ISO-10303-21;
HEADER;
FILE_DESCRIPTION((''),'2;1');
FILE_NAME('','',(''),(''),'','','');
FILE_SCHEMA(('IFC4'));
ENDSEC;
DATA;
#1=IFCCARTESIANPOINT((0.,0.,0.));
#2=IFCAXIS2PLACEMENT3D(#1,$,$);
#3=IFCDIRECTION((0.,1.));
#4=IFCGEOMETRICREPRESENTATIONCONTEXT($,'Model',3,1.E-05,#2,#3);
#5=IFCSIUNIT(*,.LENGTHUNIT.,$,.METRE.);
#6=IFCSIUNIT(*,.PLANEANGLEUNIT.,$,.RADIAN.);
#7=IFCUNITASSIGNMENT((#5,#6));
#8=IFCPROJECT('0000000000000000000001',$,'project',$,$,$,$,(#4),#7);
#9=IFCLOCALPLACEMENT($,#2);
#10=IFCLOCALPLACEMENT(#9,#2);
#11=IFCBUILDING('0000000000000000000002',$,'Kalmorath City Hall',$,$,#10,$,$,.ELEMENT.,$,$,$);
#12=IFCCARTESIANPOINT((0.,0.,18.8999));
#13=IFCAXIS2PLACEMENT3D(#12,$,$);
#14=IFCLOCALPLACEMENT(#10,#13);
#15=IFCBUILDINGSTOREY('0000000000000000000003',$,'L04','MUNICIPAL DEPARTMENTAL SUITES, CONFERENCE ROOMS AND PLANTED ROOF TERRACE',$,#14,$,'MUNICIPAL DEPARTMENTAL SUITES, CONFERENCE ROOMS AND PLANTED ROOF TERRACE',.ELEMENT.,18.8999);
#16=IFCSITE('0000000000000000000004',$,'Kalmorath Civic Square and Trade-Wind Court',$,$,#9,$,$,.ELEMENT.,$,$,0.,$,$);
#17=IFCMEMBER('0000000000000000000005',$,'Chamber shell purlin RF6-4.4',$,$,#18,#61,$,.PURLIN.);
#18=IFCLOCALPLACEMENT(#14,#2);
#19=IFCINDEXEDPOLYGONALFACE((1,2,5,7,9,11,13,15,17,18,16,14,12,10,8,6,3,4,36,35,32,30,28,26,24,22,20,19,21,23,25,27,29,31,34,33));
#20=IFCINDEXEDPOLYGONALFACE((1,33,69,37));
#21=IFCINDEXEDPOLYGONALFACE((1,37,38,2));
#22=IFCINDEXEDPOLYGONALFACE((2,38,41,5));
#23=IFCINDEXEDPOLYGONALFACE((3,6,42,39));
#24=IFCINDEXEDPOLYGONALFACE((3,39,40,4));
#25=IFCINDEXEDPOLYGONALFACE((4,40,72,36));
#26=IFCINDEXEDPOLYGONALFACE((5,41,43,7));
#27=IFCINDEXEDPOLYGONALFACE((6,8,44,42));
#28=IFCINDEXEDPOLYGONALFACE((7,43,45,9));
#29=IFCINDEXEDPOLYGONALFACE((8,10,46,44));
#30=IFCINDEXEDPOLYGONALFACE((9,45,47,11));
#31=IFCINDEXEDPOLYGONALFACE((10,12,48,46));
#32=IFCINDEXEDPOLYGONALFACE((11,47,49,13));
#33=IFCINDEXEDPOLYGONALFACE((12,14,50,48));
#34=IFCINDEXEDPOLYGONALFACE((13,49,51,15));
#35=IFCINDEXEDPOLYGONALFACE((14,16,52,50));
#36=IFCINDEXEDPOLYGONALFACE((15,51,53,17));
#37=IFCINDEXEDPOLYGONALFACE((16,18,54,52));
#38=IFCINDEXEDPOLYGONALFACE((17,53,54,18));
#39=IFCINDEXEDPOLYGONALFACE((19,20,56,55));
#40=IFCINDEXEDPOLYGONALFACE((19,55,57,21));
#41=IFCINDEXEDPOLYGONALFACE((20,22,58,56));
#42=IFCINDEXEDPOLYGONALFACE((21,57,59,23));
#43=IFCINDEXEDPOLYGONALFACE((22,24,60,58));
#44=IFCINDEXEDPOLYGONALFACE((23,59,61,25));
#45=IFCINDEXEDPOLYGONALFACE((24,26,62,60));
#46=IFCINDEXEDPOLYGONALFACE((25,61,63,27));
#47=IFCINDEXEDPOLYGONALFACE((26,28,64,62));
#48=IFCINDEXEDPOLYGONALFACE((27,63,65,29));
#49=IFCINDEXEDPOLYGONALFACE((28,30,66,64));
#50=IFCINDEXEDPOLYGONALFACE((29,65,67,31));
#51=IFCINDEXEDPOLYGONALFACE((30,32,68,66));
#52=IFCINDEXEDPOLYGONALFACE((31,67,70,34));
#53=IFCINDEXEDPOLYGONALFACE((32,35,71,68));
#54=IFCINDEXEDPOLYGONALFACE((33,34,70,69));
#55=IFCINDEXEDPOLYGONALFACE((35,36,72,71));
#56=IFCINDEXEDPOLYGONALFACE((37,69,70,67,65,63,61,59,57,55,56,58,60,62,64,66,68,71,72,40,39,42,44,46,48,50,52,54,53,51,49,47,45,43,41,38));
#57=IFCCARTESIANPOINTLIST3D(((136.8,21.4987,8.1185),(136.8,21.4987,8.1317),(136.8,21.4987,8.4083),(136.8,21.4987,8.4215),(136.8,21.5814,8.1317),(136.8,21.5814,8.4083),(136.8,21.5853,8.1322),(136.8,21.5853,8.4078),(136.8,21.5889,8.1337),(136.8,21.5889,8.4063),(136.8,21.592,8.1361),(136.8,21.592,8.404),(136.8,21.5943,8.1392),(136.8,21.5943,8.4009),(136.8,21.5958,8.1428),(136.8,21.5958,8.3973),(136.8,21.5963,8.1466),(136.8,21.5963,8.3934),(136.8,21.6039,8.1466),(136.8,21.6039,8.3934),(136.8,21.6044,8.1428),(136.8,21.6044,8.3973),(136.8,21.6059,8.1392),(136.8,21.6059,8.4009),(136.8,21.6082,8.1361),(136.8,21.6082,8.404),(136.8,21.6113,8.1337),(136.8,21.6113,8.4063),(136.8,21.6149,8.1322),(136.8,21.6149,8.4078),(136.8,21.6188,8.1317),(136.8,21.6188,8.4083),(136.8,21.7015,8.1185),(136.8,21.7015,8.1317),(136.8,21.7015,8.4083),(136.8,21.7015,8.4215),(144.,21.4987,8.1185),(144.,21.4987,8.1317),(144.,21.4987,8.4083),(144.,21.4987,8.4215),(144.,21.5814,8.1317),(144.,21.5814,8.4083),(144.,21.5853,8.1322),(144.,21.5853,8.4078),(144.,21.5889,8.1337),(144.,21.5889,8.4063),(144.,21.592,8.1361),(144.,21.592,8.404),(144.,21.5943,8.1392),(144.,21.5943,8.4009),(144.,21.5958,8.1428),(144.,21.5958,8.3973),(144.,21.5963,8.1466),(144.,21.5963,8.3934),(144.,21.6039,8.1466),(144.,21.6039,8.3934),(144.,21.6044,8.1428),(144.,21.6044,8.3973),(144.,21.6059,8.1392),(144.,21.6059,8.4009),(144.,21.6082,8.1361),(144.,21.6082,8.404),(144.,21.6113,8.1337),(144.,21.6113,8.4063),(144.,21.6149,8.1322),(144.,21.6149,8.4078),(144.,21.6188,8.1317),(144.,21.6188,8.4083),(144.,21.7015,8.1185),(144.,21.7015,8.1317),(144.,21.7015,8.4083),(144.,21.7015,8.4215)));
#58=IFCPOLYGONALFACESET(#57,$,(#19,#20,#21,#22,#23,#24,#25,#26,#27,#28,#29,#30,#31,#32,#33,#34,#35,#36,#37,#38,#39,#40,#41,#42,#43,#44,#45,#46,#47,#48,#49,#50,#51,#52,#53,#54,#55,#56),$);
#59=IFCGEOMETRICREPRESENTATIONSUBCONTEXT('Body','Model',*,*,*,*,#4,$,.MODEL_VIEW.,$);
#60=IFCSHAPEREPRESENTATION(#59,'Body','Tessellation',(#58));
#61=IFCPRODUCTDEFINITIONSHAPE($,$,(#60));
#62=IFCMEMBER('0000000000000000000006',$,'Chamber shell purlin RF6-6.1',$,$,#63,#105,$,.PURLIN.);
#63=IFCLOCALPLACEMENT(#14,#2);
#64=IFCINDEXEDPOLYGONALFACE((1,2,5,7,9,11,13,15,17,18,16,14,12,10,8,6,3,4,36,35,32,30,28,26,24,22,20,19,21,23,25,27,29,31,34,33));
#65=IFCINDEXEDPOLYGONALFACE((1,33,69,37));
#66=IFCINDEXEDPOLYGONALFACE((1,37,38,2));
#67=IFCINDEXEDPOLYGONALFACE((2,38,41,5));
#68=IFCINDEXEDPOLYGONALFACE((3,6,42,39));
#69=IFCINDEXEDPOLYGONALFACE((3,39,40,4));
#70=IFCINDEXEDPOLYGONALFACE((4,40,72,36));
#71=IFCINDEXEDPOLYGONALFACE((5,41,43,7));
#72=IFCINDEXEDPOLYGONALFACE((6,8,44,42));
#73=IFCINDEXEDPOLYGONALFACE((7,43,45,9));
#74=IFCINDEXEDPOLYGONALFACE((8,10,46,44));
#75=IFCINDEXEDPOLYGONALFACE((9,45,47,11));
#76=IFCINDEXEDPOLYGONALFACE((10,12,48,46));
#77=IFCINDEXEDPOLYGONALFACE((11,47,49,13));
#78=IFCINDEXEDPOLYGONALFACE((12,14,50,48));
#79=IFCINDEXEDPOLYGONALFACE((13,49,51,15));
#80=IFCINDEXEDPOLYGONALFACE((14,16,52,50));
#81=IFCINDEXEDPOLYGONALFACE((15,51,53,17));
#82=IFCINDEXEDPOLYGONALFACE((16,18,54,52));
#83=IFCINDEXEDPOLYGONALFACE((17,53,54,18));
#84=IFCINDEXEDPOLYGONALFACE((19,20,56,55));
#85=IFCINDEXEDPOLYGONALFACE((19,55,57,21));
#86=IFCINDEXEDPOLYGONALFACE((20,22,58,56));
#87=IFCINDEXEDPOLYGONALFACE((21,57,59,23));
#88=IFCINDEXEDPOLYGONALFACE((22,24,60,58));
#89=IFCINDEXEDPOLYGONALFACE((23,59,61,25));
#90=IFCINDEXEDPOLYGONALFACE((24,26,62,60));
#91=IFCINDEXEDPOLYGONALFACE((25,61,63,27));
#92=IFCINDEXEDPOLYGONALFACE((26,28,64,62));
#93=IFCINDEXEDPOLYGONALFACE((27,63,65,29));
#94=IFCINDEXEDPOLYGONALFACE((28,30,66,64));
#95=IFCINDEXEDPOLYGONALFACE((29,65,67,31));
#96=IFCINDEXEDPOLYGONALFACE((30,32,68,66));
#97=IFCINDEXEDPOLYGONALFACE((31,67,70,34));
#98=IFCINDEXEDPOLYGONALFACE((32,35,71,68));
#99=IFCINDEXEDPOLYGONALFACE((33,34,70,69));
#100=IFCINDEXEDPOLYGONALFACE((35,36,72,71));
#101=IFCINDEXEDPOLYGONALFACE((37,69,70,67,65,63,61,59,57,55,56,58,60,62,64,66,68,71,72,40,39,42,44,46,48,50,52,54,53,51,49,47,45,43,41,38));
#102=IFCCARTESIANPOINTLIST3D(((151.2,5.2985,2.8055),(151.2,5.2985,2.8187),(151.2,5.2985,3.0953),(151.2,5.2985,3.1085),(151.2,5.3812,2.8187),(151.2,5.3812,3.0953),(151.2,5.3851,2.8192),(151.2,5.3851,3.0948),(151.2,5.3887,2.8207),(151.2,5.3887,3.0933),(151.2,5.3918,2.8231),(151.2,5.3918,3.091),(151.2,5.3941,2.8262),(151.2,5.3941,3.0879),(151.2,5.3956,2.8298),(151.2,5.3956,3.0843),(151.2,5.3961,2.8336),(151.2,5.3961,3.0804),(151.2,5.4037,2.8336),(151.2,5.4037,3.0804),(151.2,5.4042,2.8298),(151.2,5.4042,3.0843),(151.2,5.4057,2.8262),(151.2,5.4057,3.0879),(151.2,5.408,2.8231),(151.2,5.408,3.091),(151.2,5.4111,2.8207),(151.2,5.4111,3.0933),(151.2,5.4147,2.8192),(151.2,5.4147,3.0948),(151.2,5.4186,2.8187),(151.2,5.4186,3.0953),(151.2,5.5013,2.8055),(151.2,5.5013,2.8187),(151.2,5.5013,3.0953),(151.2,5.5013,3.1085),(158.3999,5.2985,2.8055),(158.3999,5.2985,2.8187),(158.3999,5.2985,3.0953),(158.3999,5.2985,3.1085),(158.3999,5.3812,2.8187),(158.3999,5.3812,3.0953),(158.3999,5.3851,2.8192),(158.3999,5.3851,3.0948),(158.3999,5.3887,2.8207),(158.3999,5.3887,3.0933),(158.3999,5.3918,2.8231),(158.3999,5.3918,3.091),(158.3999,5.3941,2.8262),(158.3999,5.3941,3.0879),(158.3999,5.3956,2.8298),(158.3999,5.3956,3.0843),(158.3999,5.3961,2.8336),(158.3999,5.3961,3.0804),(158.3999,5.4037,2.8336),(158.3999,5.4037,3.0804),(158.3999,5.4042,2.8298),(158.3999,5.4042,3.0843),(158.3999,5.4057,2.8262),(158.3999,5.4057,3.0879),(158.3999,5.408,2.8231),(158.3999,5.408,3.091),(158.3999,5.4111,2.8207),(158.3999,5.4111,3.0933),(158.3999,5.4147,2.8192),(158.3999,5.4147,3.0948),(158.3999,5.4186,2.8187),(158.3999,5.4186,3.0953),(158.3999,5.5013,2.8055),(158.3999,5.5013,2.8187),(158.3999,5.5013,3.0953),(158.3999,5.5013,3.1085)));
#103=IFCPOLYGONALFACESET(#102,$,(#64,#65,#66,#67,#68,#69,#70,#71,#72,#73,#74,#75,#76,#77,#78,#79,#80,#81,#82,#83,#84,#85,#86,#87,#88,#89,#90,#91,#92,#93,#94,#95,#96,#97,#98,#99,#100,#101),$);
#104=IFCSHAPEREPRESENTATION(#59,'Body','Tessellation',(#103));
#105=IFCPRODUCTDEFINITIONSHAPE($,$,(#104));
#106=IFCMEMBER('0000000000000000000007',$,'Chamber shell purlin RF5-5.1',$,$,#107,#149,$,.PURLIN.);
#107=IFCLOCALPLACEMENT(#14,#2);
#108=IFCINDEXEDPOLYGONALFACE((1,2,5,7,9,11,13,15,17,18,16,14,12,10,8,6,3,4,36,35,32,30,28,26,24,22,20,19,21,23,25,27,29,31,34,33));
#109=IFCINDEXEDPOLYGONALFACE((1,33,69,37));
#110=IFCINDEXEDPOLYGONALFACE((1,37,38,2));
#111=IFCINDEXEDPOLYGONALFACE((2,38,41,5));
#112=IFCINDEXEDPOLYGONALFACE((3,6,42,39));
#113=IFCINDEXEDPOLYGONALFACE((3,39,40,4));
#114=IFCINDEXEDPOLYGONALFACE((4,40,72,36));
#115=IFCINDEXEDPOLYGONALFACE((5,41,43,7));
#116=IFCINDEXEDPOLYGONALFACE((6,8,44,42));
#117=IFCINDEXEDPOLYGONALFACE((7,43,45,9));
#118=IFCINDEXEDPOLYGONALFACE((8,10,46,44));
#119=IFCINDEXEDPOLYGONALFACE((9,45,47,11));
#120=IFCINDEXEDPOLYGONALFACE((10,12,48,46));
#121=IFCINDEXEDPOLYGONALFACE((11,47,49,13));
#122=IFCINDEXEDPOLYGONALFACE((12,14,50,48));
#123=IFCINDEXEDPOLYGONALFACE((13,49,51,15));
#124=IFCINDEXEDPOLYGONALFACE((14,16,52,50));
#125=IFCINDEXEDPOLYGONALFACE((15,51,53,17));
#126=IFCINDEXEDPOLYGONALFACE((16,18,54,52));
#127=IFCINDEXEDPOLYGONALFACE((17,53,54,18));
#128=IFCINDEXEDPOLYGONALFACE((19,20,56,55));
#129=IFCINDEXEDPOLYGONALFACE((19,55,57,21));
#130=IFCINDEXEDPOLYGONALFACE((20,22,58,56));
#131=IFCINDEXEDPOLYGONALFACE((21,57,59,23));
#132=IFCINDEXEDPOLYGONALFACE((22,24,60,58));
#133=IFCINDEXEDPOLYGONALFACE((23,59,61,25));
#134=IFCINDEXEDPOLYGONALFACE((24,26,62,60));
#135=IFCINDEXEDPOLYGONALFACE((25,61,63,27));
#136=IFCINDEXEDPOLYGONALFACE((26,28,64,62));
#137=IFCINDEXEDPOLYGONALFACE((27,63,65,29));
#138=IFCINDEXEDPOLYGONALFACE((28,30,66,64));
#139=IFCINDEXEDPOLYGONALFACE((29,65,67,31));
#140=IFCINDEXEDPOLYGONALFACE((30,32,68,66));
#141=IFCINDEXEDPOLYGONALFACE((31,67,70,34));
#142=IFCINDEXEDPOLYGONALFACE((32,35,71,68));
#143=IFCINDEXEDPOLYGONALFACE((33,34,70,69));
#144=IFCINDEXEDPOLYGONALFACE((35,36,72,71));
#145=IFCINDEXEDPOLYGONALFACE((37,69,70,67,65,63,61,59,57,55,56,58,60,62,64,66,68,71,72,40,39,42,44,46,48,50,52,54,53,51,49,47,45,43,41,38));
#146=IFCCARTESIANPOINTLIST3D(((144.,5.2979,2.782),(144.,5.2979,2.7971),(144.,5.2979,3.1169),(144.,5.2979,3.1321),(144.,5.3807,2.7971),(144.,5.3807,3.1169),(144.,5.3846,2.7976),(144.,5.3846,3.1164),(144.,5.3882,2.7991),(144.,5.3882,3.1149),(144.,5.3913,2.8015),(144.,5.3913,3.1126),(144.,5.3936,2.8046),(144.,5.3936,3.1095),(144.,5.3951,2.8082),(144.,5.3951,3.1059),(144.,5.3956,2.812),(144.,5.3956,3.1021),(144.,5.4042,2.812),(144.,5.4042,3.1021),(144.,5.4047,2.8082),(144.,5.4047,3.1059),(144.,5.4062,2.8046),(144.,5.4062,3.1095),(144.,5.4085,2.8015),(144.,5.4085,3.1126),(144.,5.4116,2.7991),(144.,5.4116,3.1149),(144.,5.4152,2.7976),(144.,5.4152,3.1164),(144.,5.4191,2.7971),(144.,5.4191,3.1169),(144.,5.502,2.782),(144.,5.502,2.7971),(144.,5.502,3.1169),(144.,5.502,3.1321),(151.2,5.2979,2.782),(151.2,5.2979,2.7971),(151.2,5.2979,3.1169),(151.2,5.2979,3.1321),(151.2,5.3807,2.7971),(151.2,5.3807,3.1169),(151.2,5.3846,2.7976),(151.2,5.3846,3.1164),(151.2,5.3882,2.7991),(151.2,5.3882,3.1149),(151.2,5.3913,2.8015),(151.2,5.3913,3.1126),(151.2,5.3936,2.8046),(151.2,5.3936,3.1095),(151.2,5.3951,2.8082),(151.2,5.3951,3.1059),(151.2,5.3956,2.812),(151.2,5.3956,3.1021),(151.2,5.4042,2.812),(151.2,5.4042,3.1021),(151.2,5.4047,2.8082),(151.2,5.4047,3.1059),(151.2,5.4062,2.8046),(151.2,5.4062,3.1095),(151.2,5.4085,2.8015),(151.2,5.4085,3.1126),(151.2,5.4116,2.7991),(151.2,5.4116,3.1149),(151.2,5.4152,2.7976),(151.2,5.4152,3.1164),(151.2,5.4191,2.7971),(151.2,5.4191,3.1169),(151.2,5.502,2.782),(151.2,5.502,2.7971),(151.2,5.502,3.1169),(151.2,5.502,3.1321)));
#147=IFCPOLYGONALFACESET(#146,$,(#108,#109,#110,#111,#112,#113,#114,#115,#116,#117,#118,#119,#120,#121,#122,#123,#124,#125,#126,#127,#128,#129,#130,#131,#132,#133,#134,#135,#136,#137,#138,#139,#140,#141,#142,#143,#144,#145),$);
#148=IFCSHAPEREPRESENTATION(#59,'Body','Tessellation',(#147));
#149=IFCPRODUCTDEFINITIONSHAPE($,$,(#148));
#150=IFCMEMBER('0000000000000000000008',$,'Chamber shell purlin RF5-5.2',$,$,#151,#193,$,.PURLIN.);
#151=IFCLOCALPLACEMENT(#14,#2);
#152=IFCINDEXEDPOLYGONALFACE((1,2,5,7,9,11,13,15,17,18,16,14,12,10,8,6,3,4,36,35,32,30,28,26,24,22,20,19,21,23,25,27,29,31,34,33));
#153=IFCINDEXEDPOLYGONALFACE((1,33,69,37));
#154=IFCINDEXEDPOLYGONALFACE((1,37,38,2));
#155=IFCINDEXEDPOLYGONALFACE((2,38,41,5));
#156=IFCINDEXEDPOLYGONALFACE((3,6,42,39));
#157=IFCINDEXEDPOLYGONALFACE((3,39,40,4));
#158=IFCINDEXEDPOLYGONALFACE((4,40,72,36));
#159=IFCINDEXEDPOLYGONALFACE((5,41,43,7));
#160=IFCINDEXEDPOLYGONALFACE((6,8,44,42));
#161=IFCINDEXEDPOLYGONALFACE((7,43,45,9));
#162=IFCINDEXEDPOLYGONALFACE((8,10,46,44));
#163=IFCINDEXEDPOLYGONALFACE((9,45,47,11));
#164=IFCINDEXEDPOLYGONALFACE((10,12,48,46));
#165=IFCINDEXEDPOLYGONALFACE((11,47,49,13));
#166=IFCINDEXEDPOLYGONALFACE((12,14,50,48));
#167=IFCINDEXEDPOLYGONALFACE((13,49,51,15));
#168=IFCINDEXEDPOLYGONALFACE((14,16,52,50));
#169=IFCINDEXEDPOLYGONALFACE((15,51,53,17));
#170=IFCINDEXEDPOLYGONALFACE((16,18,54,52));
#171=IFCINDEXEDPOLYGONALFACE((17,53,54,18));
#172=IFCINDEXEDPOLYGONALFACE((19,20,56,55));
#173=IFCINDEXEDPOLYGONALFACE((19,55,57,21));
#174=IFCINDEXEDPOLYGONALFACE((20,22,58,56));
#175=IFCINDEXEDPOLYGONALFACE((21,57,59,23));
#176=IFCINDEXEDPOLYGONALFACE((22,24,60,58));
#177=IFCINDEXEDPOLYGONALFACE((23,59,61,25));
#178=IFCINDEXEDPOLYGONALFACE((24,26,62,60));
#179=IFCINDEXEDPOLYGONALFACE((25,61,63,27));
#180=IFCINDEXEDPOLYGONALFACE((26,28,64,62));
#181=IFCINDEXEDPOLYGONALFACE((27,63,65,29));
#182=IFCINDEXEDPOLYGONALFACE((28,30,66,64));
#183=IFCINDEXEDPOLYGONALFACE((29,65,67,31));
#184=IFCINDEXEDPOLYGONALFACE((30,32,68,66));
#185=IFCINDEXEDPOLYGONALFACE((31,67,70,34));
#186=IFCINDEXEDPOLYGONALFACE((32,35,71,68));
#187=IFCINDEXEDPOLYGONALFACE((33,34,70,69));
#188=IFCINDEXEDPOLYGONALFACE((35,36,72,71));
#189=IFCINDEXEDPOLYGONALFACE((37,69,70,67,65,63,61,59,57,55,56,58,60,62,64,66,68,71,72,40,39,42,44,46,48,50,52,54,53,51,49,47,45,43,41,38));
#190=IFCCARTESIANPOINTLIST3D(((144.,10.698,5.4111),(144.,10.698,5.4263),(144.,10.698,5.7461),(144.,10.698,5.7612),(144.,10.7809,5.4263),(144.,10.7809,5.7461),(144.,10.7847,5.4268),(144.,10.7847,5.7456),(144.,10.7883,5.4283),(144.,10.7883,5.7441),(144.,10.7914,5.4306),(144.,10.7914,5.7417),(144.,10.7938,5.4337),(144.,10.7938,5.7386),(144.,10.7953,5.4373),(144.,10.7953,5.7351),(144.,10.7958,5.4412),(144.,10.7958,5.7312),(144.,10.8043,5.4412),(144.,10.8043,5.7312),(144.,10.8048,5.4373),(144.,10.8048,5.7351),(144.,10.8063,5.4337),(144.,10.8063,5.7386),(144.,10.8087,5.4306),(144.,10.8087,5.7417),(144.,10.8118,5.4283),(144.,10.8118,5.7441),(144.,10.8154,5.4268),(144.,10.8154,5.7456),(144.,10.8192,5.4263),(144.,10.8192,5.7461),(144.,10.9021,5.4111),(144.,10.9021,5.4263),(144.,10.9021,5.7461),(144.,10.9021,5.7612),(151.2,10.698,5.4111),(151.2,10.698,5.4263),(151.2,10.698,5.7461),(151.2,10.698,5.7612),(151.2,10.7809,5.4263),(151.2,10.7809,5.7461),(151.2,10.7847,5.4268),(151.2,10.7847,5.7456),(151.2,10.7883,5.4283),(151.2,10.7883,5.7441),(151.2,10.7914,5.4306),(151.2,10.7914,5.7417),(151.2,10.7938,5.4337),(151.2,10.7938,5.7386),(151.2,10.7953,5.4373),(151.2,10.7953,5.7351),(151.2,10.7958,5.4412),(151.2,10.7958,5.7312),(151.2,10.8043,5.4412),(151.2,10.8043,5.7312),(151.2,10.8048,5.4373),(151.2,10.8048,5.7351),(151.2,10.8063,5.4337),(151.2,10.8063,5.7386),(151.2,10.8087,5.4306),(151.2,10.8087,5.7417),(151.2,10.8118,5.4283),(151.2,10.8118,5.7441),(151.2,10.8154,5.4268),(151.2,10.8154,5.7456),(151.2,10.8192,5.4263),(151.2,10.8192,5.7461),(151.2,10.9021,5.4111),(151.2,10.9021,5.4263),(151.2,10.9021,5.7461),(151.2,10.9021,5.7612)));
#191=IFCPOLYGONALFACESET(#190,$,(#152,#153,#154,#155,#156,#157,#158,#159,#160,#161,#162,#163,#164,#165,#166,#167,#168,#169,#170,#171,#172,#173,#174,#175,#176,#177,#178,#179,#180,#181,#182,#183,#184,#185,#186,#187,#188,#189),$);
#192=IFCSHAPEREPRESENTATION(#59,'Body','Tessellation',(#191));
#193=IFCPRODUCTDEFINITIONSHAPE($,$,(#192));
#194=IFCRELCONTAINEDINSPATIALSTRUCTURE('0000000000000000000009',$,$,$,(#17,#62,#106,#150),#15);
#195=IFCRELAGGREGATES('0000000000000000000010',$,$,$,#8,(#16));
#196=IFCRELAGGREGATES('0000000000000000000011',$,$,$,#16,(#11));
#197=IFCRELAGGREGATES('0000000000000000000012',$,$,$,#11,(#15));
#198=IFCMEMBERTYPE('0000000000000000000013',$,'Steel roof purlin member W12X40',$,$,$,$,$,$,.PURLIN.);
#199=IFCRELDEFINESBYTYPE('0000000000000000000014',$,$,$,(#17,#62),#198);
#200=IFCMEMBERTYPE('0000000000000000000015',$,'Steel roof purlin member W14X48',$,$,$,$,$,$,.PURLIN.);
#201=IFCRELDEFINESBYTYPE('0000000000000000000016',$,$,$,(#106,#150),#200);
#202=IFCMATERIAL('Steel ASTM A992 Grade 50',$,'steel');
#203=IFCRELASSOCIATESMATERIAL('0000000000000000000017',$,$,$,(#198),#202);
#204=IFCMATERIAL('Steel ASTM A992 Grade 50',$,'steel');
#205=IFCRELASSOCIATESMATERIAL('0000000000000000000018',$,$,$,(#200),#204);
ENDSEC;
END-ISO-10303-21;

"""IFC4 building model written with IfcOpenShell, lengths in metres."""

from ifc_helpers import new_model, si_unit, direction, frame, origin, origin_2d, place, context, subcontext, project, spatial, i_section, extrude, material, material_profile, profile_set, type_object, element, save


model = new_model("IFC4")

# Units and contexts
model_context = context("Model", 3, precision=1e-05, world=origin(), true_north=direction((0.0, 1.0)))
body_context = subcontext(model_context, "Body", "Model", "MODEL_VIEW")
ifc_project = project(units=[si_unit("LENGTHUNIT", "METRE"), si_unit("PLANEANGLEUNIT", "RADIAN")], contexts=[model_context])

# Site, building, storey
site_placement = place(None, origin())
site = spatial("IfcSite", under=ifc_project, at=site_placement, Name="Kalmorath Civic Square and Trade-Wind Court", CompositionType="ELEMENT", RefElevation=0.0)
building_placement = place(site_placement, origin())
building = spatial("IfcBuilding", under=site, at=building_placement, Name="Kalmorath City Hall", CompositionType="ELEMENT")
storey_placement = place(building_placement, frame((0.0, 0.0, 18.8999)))
storey = spatial("IfcBuildingStorey", under=building, at=storey_placement, Name="L04", Description="MUNICIPAL DEPARTMENTAL SUITES, CONFERENCE ROOMS AND PLANTED ROOF TERRACE", LongName="MUNICIPAL DEPARTMENTAL SUITES, CONFERENCE ROOMS AND PLANTED ROOF TERRACE", CompositionType="ELEMENT", Elevation=18.8999)

# Members
ifc_material_1 = material(Name="Steel ASTM A992 Grade 50", Category="steel")
ifc_material_profile_1 = material_profile(ifc_material_1, i_section(OverallWidth=0.2029, OverallDepth=0.303, WebThickness=0.0076, FlangeThickness=0.0132, FilletRadius=0.0149, at=origin_2d()), Name="W12X40")
ifc_profile_set_1 = profile_set([ifc_material_profile_1], Name="Steel ASTM A992 Grade 50")
member_type_1 = type_object("IfcMemberType", Name="Steel roof purlin member W12X40", PredefinedType="PURLIN", material=ifc_profile_set_1)
for number, where, z_axis, x_axis, name in (
    (1, (136.8, 21.6001, 8.27), (1.0, 0.0, 0.0), (0.0, 1.0, 0.0), "Chamber shell purlin RF6-4.4"),
    (2, (151.2, 5.3999, 2.957), (1.0, 0.0, 0.0), (0.0, 1.0, 0.0), "Chamber shell purlin RF6-6.1"),
):
    element("IfcMember", number, at=place(storey_placement, frame(where, z_axis=z_axis, x_axis=x_axis)), inside=storey, type_object=member_type_1, Name=name, PredefinedType="PURLIN", context=body_context, shape_type="SweptSolid", body=[
        extrude(i_section(OverallWidth=0.2029, OverallDepth=0.303, WebThickness=0.0076, FlangeThickness=0.0132, FilletRadius=0.0149, at=origin_2d()), origin(), (0.0, 0.0, 1.0), 7.2),
    ])
ifc_material_2 = material(Name="Steel ASTM A992 Grade 50", Category="steel")
ifc_material_profile_2 = material_profile(ifc_material_2, i_section(OverallWidth=0.2041, OverallDepth=0.3501, WebThickness=0.0085, FlangeThickness=0.0151, FilletRadius=0.0149, at=origin_2d()), Name="W14X48")
ifc_profile_set_2 = profile_set([ifc_material_profile_2], Name="Steel ASTM A992 Grade 50")
member_type_2 = type_object("IfcMemberType", Name="Steel roof purlin member W14X48", PredefinedType="PURLIN", material=ifc_profile_set_2)
for number, where, z_axis, x_axis, name in (
    (3, (144.0, 5.3999, 2.957), (1.0, 0.0, 0.0), (0.0, 1.0, 0.0), "Chamber shell purlin RF5-5.1"),
    (4, (144.0, 10.8, 5.5862), (1.0, 0.0, 0.0), (0.0, 1.0, 0.0), "Chamber shell purlin RF5-5.2"),
):
    element("IfcMember", number, at=place(storey_placement, frame(where, z_axis=z_axis, x_axis=x_axis)), inside=storey, type_object=member_type_2, Name=name, PredefinedType="PURLIN", context=body_context, shape_type="SweptSolid", body=[
        extrude(i_section(OverallWidth=0.2041, OverallDepth=0.3501, WebThickness=0.0085, FlangeThickness=0.0151, FilletRadius=0.0149, at=origin_2d()), origin(), (0.0, 0.0, 1.0), 7.2),
    ])

save(model, "model.ifc")
